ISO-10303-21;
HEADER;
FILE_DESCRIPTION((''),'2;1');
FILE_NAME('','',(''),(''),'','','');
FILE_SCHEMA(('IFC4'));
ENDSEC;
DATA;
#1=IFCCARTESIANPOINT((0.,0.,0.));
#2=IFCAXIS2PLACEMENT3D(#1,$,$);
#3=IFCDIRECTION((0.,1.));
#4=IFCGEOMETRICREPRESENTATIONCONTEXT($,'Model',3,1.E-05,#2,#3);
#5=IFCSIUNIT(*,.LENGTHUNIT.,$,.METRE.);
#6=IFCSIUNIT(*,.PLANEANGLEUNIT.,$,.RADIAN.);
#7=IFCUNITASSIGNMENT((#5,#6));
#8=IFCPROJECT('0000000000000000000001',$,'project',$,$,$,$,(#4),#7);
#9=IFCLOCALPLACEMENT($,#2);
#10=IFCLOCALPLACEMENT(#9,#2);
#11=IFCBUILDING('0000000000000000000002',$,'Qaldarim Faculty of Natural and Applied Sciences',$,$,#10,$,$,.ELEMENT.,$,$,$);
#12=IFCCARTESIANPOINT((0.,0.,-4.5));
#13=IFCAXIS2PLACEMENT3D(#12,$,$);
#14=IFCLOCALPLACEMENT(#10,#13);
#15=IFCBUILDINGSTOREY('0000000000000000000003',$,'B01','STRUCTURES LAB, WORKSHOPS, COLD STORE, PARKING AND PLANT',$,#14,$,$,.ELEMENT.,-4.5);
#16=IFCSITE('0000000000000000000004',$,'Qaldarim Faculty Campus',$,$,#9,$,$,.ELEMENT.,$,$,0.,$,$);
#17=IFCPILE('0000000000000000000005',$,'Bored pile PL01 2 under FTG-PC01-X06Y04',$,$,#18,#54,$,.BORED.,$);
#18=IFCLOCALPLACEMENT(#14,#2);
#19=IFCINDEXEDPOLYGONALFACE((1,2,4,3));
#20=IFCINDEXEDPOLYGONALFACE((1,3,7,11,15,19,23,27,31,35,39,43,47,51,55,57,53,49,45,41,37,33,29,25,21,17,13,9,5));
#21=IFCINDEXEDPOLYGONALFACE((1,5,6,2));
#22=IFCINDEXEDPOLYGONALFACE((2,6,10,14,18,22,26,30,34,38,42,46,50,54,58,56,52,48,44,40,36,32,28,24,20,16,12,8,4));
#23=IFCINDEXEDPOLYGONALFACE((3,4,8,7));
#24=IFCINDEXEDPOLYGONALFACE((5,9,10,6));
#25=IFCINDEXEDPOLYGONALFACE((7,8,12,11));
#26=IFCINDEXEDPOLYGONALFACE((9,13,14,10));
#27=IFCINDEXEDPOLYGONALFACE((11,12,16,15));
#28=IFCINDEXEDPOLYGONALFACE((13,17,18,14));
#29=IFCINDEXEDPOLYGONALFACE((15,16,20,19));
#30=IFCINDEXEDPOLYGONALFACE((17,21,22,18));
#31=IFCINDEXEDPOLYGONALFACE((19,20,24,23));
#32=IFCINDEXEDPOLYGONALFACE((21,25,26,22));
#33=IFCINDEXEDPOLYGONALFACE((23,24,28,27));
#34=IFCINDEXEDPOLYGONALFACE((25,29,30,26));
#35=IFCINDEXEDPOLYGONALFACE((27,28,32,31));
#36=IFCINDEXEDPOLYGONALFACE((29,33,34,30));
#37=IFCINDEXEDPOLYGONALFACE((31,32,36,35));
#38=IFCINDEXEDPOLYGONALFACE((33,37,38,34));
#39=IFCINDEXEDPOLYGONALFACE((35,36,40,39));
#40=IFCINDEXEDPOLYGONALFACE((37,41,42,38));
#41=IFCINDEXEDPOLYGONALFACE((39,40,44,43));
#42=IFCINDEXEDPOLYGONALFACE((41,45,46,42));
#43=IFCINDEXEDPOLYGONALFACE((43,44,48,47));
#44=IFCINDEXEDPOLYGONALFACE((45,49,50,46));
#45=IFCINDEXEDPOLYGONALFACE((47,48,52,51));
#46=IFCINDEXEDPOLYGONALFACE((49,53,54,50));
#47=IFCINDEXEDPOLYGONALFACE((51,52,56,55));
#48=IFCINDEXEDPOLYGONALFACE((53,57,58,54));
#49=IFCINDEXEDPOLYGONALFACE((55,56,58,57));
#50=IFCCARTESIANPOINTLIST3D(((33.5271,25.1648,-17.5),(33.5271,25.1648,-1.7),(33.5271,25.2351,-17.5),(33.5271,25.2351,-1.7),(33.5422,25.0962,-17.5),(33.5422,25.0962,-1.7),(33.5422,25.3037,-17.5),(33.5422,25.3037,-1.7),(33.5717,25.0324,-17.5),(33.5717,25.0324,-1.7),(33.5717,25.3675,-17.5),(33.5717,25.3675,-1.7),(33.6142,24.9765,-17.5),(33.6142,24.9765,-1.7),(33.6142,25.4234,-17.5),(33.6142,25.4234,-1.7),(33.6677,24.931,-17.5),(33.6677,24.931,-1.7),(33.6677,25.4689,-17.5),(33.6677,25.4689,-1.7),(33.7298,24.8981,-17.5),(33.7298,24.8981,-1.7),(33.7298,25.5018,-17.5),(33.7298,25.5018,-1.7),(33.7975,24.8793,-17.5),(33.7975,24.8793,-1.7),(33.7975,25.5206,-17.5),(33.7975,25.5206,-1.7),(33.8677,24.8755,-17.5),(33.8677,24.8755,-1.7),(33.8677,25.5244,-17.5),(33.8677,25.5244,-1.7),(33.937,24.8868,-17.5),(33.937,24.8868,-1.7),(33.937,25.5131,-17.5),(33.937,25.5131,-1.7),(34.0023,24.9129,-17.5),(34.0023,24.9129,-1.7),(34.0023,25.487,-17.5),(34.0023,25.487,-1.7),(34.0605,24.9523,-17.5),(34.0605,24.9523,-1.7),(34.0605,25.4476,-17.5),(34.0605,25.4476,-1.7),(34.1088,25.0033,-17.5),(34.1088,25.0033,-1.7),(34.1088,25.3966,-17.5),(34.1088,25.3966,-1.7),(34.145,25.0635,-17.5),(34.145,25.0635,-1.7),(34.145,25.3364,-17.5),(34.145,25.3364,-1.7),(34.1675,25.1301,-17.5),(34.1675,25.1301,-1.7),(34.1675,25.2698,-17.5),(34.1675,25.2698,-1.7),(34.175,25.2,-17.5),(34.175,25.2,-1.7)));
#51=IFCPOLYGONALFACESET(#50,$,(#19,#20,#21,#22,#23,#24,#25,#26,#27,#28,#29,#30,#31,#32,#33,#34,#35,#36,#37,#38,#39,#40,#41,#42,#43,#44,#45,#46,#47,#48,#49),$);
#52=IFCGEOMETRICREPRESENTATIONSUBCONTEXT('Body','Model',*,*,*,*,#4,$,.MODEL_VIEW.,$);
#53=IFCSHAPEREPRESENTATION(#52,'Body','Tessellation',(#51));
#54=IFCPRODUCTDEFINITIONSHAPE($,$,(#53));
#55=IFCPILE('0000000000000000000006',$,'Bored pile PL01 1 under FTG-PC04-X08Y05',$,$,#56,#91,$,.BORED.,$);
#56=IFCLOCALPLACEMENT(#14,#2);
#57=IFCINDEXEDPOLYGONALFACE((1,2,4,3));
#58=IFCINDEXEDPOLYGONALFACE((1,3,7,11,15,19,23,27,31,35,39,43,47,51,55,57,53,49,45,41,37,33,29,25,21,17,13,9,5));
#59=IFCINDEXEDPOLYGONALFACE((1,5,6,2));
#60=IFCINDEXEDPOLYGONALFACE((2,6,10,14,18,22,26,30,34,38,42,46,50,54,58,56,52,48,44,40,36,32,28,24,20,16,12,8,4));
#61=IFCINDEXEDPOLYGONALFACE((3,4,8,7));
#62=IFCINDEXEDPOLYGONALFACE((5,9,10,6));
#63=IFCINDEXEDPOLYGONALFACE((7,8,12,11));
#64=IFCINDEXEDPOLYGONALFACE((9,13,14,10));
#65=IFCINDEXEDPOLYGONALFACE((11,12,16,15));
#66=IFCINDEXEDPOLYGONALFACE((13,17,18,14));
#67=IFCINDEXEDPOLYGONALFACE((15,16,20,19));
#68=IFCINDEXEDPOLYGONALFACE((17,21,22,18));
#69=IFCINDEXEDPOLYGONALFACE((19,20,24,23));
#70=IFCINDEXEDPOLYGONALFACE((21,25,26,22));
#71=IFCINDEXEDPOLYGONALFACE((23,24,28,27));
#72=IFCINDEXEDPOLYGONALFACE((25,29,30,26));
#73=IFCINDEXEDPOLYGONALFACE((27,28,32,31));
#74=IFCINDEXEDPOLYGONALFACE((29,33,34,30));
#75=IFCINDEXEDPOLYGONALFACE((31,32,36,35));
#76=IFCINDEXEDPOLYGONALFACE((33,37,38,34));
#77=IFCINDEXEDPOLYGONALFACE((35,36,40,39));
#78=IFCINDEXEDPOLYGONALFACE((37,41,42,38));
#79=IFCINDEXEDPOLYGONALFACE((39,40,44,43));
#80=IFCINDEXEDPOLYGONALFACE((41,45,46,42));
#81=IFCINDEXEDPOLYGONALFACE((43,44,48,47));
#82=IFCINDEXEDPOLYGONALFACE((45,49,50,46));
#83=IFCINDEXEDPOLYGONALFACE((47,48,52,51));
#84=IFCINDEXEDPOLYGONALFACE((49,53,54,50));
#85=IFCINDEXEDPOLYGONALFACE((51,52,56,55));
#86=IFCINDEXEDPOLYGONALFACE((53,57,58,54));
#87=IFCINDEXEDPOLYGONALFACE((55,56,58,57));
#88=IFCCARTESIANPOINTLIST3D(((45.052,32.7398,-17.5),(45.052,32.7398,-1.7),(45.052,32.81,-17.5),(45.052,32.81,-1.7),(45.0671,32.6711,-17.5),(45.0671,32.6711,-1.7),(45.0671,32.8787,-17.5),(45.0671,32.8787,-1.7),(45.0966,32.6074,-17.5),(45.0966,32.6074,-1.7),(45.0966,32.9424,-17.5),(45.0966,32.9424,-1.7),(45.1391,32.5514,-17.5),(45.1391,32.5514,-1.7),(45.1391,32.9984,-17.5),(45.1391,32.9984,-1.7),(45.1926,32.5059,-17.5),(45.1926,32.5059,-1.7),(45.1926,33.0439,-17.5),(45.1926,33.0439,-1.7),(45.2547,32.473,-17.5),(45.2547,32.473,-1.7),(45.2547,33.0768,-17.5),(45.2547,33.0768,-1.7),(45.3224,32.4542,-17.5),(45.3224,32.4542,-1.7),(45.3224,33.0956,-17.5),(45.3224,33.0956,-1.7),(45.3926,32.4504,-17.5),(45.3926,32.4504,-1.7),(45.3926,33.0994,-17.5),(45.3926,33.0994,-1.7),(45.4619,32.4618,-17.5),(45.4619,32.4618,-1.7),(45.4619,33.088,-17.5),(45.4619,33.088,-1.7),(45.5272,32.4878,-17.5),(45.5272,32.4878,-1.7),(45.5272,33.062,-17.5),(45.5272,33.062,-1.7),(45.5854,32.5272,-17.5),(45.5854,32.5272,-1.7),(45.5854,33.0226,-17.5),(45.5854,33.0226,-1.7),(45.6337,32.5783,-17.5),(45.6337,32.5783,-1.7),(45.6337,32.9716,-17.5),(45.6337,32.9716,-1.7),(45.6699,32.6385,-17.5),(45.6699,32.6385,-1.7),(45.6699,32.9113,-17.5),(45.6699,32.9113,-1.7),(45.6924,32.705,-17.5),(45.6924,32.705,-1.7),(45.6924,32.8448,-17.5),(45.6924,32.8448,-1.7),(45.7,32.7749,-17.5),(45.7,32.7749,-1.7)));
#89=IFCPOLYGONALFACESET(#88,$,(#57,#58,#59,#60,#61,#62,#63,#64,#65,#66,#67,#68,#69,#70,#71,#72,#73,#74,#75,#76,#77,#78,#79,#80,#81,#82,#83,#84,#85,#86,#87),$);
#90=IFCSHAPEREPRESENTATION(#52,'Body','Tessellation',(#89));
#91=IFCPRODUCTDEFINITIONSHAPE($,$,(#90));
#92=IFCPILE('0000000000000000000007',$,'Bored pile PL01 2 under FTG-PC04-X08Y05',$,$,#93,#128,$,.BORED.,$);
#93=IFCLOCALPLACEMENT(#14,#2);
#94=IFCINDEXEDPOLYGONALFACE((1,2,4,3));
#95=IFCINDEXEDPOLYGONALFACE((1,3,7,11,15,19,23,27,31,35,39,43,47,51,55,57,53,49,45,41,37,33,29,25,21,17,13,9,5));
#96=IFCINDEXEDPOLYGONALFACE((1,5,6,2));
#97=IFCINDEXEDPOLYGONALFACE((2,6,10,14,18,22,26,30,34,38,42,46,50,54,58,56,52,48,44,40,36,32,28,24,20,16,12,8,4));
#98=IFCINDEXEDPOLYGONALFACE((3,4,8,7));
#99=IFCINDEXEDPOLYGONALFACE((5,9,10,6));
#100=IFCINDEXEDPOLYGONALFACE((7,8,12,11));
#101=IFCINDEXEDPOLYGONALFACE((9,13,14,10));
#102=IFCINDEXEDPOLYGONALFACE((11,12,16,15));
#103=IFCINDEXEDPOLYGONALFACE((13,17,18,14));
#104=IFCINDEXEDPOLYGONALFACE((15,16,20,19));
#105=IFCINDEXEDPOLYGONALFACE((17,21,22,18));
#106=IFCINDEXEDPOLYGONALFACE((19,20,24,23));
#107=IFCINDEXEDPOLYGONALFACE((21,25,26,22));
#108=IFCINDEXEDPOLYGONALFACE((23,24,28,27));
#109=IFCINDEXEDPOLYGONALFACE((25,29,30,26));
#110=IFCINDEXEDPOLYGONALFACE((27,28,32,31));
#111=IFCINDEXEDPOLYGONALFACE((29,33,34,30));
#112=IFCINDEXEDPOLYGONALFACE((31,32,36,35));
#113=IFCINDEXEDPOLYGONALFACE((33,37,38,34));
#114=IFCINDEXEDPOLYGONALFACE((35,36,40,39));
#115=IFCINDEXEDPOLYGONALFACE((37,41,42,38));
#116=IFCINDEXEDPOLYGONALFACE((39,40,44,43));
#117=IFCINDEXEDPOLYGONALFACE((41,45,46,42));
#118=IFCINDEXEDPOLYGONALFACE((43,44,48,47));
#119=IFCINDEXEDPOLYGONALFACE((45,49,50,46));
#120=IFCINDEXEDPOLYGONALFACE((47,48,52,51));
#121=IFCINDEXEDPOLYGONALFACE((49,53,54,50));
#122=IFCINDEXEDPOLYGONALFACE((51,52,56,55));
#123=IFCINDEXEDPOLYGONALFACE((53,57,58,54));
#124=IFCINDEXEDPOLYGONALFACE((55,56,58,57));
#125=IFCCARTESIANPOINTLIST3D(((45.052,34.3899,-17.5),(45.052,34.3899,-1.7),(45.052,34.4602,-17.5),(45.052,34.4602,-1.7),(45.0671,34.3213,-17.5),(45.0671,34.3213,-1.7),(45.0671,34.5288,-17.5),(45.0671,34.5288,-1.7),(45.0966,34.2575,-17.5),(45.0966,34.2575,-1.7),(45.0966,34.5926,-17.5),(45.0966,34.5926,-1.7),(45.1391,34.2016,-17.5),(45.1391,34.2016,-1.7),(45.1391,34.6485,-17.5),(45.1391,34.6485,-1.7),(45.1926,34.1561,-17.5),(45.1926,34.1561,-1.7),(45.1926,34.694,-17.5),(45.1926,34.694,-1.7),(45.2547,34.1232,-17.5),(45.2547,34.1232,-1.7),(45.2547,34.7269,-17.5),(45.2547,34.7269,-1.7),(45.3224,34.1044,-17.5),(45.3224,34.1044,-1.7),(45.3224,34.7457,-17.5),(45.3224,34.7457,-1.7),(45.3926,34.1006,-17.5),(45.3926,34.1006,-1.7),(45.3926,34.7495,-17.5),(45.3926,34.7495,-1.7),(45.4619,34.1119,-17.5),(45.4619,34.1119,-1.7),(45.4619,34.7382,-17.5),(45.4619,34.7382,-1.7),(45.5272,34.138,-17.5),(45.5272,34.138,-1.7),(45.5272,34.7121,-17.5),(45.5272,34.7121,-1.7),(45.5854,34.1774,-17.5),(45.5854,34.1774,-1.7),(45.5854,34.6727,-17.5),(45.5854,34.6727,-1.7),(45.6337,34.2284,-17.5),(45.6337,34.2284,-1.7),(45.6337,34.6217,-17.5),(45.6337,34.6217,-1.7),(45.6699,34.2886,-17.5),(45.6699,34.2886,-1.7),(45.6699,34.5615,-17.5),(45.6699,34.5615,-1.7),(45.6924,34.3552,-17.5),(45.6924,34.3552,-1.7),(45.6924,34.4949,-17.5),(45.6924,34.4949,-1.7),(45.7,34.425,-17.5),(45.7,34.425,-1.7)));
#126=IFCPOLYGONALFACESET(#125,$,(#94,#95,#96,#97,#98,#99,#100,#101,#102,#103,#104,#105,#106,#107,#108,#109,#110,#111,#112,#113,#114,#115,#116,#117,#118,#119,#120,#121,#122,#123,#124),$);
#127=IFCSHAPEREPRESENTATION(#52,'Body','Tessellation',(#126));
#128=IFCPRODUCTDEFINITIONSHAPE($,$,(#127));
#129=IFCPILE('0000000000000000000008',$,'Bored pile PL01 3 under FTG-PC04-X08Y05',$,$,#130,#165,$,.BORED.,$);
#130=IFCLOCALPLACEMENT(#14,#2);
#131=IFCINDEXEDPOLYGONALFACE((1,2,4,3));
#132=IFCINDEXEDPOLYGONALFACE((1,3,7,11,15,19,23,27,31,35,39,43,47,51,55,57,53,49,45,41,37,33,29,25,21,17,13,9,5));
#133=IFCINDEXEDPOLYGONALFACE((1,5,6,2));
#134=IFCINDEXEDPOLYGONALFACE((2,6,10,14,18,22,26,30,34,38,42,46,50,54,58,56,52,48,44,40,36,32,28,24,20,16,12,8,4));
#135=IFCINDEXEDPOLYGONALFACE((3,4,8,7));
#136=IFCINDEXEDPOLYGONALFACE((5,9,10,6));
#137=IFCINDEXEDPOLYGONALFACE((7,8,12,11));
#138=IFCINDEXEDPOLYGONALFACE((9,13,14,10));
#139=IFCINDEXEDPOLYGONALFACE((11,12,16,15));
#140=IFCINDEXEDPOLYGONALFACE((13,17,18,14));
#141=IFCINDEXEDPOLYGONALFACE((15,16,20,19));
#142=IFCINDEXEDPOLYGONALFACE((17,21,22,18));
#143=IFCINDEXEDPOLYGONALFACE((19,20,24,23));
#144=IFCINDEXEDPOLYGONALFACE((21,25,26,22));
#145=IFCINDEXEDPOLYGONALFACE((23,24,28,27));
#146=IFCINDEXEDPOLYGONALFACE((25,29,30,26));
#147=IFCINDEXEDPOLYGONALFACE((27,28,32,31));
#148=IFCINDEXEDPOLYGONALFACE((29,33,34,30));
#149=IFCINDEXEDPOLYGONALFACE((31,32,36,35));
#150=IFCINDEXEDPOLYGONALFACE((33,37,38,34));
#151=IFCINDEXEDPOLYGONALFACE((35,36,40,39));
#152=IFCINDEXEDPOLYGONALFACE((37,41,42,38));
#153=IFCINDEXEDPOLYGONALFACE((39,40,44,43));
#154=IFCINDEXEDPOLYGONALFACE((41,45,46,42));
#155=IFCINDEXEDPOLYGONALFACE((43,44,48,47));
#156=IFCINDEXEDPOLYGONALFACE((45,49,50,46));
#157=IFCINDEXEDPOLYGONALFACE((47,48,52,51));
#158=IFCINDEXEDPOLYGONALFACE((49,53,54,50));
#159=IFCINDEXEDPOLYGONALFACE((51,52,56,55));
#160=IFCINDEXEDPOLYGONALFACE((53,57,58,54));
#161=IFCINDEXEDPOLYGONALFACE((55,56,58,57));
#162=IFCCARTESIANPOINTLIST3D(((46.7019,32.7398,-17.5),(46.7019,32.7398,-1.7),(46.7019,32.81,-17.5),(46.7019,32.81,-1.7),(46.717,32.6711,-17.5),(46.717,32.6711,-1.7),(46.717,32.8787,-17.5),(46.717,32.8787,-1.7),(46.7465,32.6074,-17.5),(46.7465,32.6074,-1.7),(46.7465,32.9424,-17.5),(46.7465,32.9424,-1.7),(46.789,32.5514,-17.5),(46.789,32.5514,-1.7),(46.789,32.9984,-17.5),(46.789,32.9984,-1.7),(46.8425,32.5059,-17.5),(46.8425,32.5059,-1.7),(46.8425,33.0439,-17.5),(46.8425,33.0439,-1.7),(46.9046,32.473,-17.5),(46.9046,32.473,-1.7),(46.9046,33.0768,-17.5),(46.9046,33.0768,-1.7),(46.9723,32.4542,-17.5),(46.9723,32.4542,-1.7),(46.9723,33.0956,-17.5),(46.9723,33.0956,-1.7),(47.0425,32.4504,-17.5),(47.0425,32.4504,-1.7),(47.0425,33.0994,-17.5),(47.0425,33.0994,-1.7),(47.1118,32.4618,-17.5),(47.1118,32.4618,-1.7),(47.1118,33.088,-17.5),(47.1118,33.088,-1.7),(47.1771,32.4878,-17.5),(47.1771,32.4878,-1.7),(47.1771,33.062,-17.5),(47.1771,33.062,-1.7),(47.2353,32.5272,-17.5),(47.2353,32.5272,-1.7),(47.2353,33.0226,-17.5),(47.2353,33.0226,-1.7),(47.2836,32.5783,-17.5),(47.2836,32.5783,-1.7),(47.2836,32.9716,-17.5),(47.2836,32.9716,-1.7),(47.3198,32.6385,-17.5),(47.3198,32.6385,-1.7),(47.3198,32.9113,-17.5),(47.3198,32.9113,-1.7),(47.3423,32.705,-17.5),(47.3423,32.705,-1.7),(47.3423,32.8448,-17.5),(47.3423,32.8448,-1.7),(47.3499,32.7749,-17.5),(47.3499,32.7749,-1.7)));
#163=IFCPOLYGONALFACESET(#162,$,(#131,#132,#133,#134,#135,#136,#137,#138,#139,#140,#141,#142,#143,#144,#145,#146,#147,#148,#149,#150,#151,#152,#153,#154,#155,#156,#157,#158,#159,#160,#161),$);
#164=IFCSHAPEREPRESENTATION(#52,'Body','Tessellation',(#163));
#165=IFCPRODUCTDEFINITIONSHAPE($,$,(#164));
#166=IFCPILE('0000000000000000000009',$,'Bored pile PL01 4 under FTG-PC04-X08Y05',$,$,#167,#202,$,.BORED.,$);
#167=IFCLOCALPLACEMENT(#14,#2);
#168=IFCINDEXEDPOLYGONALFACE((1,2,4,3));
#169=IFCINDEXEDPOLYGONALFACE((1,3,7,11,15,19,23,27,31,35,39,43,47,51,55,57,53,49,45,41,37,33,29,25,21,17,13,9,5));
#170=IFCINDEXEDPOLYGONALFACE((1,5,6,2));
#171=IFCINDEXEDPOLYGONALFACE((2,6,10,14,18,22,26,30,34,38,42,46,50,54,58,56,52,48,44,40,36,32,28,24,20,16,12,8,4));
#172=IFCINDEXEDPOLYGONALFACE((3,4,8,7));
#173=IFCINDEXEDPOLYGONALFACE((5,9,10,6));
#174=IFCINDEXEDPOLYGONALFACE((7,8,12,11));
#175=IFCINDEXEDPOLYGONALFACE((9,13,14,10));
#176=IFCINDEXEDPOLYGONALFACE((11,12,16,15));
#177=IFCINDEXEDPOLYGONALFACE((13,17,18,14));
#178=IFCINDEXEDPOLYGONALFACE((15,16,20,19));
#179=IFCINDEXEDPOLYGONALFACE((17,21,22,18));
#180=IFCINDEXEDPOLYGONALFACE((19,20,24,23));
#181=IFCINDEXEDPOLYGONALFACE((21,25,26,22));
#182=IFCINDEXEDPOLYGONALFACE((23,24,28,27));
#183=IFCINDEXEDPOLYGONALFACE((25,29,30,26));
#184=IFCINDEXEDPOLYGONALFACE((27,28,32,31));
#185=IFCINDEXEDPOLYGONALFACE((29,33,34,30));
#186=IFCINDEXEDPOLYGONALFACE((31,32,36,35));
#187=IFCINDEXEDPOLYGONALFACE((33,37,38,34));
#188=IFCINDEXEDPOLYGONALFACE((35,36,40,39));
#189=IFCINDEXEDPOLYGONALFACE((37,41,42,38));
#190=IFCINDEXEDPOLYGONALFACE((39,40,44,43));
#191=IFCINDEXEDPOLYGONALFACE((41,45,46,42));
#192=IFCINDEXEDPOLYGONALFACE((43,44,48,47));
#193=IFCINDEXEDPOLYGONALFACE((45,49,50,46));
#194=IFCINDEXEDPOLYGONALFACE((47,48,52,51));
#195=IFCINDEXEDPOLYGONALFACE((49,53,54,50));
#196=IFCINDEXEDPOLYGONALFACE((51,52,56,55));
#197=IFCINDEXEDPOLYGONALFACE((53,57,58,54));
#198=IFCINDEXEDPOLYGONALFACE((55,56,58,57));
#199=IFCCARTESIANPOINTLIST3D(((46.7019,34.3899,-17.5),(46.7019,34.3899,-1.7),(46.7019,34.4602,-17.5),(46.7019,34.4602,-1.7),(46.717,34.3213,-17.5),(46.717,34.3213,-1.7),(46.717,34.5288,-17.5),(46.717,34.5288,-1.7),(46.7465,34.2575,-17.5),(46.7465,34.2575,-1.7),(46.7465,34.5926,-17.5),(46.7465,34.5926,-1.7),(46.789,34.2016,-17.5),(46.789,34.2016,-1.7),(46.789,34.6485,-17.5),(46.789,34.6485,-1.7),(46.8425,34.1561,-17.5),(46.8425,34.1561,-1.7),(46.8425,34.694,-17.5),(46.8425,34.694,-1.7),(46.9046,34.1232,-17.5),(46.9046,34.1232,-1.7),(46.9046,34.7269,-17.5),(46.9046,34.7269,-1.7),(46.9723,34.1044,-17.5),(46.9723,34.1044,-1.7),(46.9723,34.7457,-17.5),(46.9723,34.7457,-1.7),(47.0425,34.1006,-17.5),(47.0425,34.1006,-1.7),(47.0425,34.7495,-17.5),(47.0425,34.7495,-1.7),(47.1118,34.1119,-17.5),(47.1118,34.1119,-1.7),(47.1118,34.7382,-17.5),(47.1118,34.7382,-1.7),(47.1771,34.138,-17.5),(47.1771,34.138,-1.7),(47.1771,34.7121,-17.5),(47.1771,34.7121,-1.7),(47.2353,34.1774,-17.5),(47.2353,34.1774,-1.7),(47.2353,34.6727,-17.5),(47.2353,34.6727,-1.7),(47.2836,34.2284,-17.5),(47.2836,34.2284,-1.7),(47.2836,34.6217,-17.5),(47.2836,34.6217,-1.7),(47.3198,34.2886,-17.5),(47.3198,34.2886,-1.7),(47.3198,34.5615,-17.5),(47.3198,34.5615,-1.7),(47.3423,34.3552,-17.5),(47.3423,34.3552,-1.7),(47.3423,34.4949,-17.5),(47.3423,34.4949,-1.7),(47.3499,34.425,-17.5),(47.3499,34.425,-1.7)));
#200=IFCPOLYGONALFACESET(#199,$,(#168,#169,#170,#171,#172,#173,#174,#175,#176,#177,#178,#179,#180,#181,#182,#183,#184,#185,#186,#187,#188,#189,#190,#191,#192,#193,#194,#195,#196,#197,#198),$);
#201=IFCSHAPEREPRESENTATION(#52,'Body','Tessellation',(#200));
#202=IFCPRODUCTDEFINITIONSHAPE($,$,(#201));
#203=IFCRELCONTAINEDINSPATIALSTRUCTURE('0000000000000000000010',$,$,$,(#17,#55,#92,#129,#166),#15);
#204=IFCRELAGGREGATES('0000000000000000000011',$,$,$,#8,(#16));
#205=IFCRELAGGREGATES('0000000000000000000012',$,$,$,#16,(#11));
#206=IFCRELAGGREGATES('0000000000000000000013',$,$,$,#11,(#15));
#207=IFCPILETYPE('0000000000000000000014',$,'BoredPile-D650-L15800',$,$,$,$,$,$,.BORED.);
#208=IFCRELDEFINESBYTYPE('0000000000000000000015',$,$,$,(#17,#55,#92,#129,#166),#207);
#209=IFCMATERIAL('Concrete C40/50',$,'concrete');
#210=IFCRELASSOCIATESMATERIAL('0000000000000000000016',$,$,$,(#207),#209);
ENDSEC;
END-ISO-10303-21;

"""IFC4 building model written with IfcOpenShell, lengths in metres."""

from ifc_helpers import new_model, si_unit, direction, frame, origin, origin_2d, place, context, subcontext, project, spatial, circle, extrude, material, material_profile, profile_set, type_object, element, save


model = new_model("IFC4")

# Units and contexts
model_context = context("Model", 3, precision=1e-05, world=origin(), true_north=direction((0.0, 1.0)))
body_context = subcontext(model_context, "Body", "Model", "MODEL_VIEW")
ifc_project = project(units=[si_unit("LENGTHUNIT", "METRE"), si_unit("PLANEANGLEUNIT", "RADIAN")], contexts=[model_context])

# Site, building, storey
site_placement = place(None, origin())
site = spatial("IfcSite", under=ifc_project, at=site_placement, Name="Qaldarim Faculty Campus", CompositionType="ELEMENT", RefElevation=0.0)
building_placement = place(site_placement, origin())
building = spatial("IfcBuilding", under=site, at=building_placement, Name="Qaldarim Faculty of Natural and Applied Sciences", CompositionType="ELEMENT")
storey_placement = place(building_placement, frame((0.0, 0.0, -4.5)))
storey = spatial("IfcBuildingStorey", under=building, at=storey_placement, Name="B01", Description="STRUCTURES LAB, WORKSHOPS, COLD STORE, PARKING AND PLANT", CompositionType="ELEMENT", Elevation=-4.5)

# Piles
ifc_material_1 = material(Name="Concrete C40/50", Category="concrete")
ifc_material_profile_1 = material_profile(ifc_material_1, circle(Radius=0.325, at=origin_2d()), Name="PILE-D650")
ifc_profile_set_1 = profile_set([ifc_material_profile_1], Name="Concrete C40/50")
pile_type_1 = type_object("IfcPileType", Name="BoredPile-D650-L15800", PredefinedType="BORED", material=ifc_profile_set_1)
for number, where, z_axis, x_axis, name in (
    (1, (33.8501, 25.2, -1.7), (0.0, 0.0, -1.0), (1.0, 0.0, 0.0), "Bored pile PL01 2 under FTG-PC01-X06Y04"),
    (2, (45.375, 32.7749, -1.7), (0.0, 0.0, -1.0), (1.0, 0.0, 0.0), "Bored pile PL01 1 under FTG-PC04-X08Y05"),
    (3, (45.375, 34.425, -1.7), (0.0, 0.0, -1.0), (1.0, 0.0, 0.0), "Bored pile PL01 2 under FTG-PC04-X08Y05"),
    (4, (47.0249, 32.7749, -1.7), (0.0, 0.0, -1.0), (1.0, 0.0, 0.0), "Bored pile PL01 3 under FTG-PC04-X08Y05"),
    (5, (47.0249, 34.425, -1.7), (0.0, 0.0, -1.0), (1.0, 0.0, 0.0), "Bored pile PL01 4 under FTG-PC04-X08Y05"),
):
    element("IfcPile", number, at=place(storey_placement, frame(where, z_axis=z_axis, x_axis=x_axis)), inside=storey, type_object=pile_type_1, Name=name, PredefinedType="BORED", context=body_context, shape_type="SweptSolid", body=[
        extrude(circle(Radius=0.325, at=origin_2d()), origin(), (0.0, 0.0, 1.0), 15.8),
    ])

save(model, "model.ifc")
